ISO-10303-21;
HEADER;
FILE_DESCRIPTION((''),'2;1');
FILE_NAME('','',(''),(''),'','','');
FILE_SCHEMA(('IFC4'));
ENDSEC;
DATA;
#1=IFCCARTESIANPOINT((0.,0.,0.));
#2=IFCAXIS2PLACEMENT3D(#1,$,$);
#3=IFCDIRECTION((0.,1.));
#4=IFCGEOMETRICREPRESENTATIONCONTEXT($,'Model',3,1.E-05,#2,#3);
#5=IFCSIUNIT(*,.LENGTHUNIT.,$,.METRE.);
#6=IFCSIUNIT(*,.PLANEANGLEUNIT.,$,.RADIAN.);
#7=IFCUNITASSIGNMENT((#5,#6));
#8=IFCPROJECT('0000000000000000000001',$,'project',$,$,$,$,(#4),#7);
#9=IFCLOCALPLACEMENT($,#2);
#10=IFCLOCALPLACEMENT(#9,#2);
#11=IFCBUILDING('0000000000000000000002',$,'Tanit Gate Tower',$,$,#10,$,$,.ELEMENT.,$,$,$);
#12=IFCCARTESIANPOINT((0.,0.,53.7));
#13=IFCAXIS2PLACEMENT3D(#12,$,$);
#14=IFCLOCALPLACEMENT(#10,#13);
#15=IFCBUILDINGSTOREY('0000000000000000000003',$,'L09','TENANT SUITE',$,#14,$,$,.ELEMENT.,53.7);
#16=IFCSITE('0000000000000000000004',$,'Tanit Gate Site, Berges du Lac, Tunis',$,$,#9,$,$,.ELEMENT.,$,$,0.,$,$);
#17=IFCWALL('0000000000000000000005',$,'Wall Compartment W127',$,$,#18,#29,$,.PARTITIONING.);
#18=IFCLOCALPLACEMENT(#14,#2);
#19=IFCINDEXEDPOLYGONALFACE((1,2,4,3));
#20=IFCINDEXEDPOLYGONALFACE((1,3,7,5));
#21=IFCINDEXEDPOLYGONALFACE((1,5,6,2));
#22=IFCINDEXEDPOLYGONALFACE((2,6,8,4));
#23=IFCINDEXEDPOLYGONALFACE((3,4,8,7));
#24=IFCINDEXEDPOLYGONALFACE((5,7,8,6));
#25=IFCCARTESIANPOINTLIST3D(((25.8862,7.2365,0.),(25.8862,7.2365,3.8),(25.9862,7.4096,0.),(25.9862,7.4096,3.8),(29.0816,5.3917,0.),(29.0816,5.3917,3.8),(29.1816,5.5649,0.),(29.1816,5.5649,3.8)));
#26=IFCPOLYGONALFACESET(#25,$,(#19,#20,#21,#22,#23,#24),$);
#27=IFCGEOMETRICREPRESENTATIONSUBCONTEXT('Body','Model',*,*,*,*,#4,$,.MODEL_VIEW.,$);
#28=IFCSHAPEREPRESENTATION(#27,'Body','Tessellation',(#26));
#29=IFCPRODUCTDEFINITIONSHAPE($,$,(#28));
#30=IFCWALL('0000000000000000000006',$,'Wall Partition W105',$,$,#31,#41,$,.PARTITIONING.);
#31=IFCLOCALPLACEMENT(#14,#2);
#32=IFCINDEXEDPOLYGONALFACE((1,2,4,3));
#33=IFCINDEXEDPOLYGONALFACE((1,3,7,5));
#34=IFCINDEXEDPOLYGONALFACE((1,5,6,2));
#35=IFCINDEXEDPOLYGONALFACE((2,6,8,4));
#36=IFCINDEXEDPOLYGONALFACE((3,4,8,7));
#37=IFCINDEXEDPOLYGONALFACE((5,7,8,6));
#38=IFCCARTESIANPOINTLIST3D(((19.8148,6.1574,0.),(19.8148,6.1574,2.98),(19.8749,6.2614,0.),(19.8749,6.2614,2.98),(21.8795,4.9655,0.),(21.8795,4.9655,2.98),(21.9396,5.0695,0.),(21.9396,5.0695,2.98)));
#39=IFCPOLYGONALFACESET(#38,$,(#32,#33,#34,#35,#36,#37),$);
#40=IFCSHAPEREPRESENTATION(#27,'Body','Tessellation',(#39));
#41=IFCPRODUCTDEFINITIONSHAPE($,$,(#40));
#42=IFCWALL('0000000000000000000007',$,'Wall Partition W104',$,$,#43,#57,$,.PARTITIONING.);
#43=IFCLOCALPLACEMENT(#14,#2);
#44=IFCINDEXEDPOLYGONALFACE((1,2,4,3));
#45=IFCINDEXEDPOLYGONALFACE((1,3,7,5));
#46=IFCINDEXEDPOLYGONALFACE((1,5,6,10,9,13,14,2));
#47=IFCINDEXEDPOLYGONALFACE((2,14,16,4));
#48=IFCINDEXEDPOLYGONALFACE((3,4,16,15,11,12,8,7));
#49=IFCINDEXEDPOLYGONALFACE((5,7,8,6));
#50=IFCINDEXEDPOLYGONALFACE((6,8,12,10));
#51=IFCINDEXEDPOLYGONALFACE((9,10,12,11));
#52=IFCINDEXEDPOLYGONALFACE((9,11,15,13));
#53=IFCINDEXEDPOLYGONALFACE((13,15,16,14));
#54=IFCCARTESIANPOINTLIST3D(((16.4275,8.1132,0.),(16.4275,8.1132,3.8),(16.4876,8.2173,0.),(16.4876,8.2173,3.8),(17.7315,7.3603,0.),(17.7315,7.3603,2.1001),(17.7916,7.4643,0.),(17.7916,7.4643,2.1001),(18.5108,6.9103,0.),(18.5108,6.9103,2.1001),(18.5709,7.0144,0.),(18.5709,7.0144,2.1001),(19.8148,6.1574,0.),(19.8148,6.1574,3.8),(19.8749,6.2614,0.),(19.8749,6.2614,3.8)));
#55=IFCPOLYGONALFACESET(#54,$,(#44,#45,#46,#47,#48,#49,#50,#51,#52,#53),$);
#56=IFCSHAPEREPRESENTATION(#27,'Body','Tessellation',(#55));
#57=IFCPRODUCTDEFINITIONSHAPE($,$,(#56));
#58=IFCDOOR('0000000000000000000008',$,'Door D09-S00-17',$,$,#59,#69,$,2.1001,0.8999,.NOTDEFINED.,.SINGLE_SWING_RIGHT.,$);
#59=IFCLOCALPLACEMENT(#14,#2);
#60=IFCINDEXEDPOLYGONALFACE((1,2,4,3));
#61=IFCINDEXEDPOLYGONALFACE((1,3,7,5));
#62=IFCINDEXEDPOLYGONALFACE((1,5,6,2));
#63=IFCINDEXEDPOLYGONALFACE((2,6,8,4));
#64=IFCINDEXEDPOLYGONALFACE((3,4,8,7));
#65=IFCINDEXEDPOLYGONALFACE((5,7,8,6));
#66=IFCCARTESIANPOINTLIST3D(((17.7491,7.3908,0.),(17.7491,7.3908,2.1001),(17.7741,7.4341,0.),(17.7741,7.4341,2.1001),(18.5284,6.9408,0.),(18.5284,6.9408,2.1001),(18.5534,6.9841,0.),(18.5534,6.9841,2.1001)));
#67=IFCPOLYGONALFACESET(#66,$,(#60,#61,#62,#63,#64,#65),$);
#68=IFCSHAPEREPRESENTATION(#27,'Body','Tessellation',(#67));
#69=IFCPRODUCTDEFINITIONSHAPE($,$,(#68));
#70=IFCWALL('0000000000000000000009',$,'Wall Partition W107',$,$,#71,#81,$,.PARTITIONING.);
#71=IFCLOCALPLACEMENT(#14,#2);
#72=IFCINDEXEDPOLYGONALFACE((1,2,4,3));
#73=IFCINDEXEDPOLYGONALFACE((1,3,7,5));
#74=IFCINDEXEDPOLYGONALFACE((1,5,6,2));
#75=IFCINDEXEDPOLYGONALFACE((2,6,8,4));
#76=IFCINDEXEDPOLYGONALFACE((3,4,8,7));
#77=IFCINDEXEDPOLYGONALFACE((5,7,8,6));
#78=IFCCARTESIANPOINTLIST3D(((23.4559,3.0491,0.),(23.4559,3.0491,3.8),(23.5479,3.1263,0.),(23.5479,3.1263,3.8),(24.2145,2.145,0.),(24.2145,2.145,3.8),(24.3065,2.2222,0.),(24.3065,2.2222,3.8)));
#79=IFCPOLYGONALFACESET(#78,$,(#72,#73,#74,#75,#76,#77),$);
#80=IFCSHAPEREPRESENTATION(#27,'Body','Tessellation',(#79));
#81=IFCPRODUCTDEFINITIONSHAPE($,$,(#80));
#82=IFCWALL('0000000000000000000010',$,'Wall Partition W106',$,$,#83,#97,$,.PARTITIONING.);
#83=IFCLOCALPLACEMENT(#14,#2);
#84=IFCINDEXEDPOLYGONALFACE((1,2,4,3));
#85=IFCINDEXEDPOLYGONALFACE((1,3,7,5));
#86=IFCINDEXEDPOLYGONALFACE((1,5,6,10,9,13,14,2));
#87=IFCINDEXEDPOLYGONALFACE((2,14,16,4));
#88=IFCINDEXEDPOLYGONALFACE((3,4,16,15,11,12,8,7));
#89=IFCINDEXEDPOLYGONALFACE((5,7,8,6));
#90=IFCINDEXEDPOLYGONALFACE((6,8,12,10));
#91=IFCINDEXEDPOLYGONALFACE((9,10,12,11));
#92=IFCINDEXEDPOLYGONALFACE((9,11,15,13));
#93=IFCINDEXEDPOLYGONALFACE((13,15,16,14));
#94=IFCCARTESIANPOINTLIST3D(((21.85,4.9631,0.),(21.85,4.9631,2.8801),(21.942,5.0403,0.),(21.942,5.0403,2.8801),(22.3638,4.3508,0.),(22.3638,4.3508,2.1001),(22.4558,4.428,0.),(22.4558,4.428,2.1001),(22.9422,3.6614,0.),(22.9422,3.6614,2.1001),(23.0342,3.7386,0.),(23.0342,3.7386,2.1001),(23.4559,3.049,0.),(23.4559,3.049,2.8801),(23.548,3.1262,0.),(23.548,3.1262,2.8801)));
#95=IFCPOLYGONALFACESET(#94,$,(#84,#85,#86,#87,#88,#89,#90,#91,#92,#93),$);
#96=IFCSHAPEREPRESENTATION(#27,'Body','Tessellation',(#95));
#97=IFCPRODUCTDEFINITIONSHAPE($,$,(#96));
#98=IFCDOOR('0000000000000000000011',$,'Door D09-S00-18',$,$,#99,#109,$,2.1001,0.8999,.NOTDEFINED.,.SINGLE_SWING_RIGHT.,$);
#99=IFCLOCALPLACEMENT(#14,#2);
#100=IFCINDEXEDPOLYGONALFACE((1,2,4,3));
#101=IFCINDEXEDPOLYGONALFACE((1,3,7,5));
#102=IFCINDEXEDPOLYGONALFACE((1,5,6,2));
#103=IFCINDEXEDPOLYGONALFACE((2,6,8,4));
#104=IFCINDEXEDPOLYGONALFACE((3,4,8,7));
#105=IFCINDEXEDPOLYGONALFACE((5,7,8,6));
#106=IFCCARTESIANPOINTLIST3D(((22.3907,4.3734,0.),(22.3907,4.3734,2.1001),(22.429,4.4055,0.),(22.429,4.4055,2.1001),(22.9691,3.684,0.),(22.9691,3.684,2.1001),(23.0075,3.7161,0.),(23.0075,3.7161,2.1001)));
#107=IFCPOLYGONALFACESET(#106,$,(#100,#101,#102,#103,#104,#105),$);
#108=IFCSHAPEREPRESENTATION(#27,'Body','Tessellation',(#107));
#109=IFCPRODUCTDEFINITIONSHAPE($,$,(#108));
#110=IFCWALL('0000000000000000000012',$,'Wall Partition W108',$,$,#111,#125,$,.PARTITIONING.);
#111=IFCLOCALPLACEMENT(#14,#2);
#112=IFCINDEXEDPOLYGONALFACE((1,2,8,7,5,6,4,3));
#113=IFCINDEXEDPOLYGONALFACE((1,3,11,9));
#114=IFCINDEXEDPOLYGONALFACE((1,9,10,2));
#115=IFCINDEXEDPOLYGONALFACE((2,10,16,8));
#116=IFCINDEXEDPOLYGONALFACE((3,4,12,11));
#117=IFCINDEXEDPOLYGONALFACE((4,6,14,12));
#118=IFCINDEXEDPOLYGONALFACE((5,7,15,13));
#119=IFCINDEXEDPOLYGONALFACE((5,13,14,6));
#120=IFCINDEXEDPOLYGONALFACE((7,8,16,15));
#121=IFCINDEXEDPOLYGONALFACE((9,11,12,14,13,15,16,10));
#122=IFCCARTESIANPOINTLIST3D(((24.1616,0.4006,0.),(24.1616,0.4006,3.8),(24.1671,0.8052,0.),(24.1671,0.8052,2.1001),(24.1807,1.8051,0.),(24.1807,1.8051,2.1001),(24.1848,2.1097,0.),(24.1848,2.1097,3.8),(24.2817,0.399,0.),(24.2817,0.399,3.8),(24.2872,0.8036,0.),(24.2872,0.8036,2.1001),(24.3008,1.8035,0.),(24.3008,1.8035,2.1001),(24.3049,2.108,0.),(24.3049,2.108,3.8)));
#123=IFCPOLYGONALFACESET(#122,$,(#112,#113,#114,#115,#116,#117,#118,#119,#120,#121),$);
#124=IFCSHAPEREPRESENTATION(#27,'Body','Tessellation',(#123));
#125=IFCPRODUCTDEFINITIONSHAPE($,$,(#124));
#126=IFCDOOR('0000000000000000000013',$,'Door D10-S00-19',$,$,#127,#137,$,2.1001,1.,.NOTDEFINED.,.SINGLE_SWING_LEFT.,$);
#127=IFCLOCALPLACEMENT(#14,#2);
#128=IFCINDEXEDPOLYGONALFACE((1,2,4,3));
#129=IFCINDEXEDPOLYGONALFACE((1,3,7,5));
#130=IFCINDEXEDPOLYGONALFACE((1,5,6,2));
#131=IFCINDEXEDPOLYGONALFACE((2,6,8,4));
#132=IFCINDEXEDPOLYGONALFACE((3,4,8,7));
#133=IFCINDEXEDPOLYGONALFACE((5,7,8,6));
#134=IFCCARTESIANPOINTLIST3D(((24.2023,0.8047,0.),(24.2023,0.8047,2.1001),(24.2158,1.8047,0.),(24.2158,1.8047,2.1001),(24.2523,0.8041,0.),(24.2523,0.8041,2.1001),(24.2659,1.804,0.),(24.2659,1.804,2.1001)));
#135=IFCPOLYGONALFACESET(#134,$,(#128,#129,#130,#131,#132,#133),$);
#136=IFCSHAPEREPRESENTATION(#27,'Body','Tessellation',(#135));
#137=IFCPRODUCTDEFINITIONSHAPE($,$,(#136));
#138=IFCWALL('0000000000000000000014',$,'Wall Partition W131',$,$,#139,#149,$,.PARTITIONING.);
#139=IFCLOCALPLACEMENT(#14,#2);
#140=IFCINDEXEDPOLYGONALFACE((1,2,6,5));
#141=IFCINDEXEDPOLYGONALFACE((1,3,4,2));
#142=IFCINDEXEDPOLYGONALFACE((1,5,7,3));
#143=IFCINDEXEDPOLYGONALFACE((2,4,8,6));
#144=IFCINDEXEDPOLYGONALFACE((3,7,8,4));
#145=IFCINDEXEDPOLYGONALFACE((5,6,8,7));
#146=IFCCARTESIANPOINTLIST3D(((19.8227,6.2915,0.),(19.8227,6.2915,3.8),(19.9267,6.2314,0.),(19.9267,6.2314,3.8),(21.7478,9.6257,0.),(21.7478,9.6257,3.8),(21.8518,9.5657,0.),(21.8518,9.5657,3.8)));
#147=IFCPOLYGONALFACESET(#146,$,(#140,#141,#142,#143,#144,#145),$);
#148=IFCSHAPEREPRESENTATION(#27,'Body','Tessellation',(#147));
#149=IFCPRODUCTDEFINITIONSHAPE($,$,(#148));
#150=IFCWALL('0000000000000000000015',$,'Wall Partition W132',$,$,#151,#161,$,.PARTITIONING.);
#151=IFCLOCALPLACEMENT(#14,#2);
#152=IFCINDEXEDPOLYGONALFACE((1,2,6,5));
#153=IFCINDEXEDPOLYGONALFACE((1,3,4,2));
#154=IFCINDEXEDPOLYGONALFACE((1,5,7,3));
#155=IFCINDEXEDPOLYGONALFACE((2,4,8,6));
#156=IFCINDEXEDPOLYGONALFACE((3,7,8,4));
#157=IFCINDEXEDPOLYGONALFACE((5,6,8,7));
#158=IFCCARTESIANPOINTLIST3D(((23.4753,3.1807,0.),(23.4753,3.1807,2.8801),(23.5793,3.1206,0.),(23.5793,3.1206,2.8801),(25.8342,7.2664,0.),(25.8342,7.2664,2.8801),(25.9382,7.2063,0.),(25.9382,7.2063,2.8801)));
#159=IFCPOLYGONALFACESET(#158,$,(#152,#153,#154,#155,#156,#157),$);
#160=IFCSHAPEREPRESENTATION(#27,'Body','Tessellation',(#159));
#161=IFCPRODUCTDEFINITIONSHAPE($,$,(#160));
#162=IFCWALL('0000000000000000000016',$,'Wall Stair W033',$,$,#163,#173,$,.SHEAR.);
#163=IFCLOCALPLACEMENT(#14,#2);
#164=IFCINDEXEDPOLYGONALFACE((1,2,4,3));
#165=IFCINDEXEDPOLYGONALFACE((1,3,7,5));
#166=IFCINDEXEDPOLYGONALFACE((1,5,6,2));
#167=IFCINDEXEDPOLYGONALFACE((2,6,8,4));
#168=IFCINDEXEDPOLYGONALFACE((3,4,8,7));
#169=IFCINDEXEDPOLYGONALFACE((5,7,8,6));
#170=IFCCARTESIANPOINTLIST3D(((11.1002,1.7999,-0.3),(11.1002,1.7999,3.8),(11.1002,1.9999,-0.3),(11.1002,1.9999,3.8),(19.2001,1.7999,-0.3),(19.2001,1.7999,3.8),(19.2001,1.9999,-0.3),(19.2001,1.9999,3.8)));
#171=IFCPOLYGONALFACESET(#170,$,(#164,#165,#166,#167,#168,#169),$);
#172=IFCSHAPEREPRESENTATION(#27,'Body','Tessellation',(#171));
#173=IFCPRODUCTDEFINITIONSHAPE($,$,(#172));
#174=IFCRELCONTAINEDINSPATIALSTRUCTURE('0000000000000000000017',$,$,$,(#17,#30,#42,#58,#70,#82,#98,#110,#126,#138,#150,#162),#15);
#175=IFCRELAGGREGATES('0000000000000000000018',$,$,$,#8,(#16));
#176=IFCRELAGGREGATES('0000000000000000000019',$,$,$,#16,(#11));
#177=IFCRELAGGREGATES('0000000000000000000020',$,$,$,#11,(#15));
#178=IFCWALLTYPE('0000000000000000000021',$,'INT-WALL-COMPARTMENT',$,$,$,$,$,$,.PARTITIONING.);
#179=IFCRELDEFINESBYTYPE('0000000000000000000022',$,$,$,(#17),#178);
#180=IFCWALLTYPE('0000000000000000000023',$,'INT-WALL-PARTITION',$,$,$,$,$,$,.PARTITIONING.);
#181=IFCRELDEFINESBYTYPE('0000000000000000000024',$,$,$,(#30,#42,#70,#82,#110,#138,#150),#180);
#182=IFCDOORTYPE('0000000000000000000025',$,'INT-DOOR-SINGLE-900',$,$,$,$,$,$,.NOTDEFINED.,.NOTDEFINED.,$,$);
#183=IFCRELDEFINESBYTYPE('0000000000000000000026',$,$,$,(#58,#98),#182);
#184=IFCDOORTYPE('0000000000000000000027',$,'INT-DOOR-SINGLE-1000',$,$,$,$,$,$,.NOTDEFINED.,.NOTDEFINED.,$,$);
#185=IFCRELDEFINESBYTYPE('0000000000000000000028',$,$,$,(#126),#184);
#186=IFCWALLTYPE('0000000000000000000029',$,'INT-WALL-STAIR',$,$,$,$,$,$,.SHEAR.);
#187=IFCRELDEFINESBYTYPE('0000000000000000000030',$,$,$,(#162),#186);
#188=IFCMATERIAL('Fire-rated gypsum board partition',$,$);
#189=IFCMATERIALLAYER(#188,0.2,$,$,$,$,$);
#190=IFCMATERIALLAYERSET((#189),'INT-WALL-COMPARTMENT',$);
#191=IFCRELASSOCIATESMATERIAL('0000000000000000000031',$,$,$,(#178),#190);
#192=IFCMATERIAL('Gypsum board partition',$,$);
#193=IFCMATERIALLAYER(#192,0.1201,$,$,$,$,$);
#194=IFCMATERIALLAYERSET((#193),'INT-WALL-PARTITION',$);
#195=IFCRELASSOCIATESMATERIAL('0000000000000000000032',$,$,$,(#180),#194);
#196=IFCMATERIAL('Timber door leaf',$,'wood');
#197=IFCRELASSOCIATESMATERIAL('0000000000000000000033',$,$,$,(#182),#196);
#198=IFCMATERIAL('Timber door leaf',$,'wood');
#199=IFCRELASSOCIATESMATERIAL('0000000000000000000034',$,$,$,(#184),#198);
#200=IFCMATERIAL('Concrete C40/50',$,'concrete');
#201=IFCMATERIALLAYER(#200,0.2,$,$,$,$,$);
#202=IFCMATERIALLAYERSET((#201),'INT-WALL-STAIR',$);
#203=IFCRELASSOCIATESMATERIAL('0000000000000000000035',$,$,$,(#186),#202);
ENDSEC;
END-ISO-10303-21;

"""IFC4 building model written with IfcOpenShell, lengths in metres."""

from ifc_helpers import new_model, si_unit, direction, frame, frame_2d, origin, place, context, subcontext, project, spatial, rectangle, extrude, material, layer, layer_set, type_object, element, fill, save


model = new_model("IFC4")

# Units and contexts
model_context = context("Model", 3, precision=1e-05, world=origin(), true_north=direction((0.0, 1.0)))
body_context = subcontext(model_context, "Body", "Model", "MODEL_VIEW")
ifc_project = project(units=[si_unit("LENGTHUNIT", "METRE"), si_unit("PLANEANGLEUNIT", "RADIAN")], contexts=[model_context])

# Site, building, storey
site_placement = place(None, origin())
site = spatial("IfcSite", under=ifc_project, at=site_placement, Name="Tanit Gate Site, Berges du Lac, Tunis", CompositionType="ELEMENT", RefElevation=0.0)
building_placement = place(site_placement, origin())
building = spatial("IfcBuilding", under=site, at=building_placement, Name="Tanit Gate Tower", CompositionType="ELEMENT")
storey_placement = place(building_placement, frame((0.0, 0.0, 53.7)))
storey = spatial("IfcBuildingStorey", under=building, at=storey_placement, Name="L09", Description="TENANT SUITE", CompositionType="ELEMENT", Elevation=53.7)

# Walls
ifc_material_1 = material(Name="Fire-rated gypsum board partition")
ifc_layer_1 = layer(ifc_material_1, 0.2)
ifc_layer_set_1 = layer_set([ifc_layer_1], Name="INT-WALL-COMPARTMENT")
wall_type_1 = type_object("IfcWallType", Name="INT-WALL-COMPARTMENT", PredefinedType="PARTITIONING", material=ifc_layer_set_1)
wall_1_placement = place(storey_placement, frame((25.9363, 7.323, 0.0), z_axis=(0.0, 0.0, 1.0), x_axis=(0.866036, -0.499982, 0.0)))
element("IfcWall", 1, at=wall_1_placement, inside=storey, type_object=wall_type_1, Name="Wall Compartment W127", PredefinedType="PARTITIONING", context=body_context, shape_type="SweptSolid", body=[
    extrude(rectangle(XDim=3.6897, YDim=0.2, at=frame_2d((1.8447, 0.0))), origin(), (0.0, 0.0, 1.0), 3.8),
])
ifc_material_2 = material(Name="Gypsum board partition")
ifc_layer_2 = layer(ifc_material_2, 0.1201)
ifc_layer_set_2 = layer_set([ifc_layer_2], Name="INT-WALL-PARTITION")
wall_type_2 = type_object("IfcWallType", Name="INT-WALL-PARTITION", PredefinedType="PARTITIONING", material=ifc_layer_set_2)
wall_2_placement = place(storey_placement, frame((21.9094, 5.0176, 0.0), z_axis=(0.0, 0.0, 1.0), x_axis=(-0.866054, 0.49995, 0.0)))
element("IfcWall", 2, at=wall_2_placement, inside=storey, type_object=wall_type_2, Name="Wall Partition W105", PredefinedType="PARTITIONING", context=body_context, shape_type="SweptSolid", body=[
    extrude(rectangle(XDim=2.384, YDim=0.1201, at=frame_2d((1.1919, 0.0))), origin(), (0.0, 0.0, 1.0), 2.98),
])

# Wall, opening, door
wall_3_placement = place(storey_placement, frame((19.8447, 6.2095, 0.0), z_axis=(0.0, 0.0, 1.0), x_axis=(-0.866003, 0.500039, 0.0)))
wall_3 = element("IfcWall", 3, at=wall_3_placement, inside=storey, type_object=wall_type_2, Name="Wall Partition W104", PredefinedType="PARTITIONING", context=body_context, shape_type="SweptSolid", body=[
    extrude(rectangle(XDim=3.9114, YDim=0.1201, at=frame_2d((1.9556, 0.0))), origin(), (0.0, 0.0, 1.0), 3.8),
])
opening_1_placement = place(wall_3_placement, frame((1.5056, 0.0, 0.0)))
opening_1 = element("IfcOpeningElement", 4, at=opening_1_placement, cuts=wall_3, PredefinedType="OPENING", context=body_context, shape_type="SweptSolid", body=[
    extrude(rectangle(XDim=0.8999, YDim=2.1001, at=frame_2d((0.45, 1.05))), frame((0.0, 0.0701, 0.0), z_axis=(0.0, -1.0, 0.0), x_axis=(1.0, 0.0, 0.0)), (0.0, 0.0, 1.0), 0.1401),
])
ifc_material_3 = material(Name="Timber door leaf", Category="wood")
door_type_1 = type_object("IfcDoorType", Name="INT-DOOR-SINGLE-900", OperationType="NOTDEFINED", PredefinedType="NOTDEFINED", material=ifc_material_3)
door_1_placement = place(opening_1_placement, origin())
door_1 = element("IfcDoor", 5, at=door_1_placement, inside=storey, type_object=door_type_1, Name="Door D09-S00-17", OperationType="SINGLE_SWING_RIGHT", OverallHeight=2.1001, OverallWidth=0.8999, PredefinedType="NOTDEFINED", context=body_context, shape_type="SweptSolid", body=[
    extrude(rectangle(XDim=0.8999, YDim=2.1001, at=frame_2d((0.45, 1.05))), frame((0.0, 0.0249, 0.0), z_axis=(0.0, -1.0, 0.0), x_axis=(1.0, 0.0, 0.0)), (0.0, 0.0, 1.0), 0.05),
])
fill(opening_1, door_1)

# Wall
wall_4_placement = place(storey_placement, frame((24.2605, 2.1836, 0.0), z_axis=(0.0, 0.0, 1.0), x_axis=(-0.642765, 0.766063, 0.0)))
element("IfcWall", 6, at=wall_4_placement, inside=storey, type_object=wall_type_2, Name="Wall Partition W107", PredefinedType="PARTITIONING", context=body_context, shape_type="SweptSolid", body=[
    extrude(rectangle(XDim=1.1802, YDim=0.1201, at=frame_2d((0.5901, 0.0))), origin(), (0.0, 0.0, 1.0), 3.8),
])

# Walls, openings, doors
wall_5_placement = place(storey_placement, frame((23.502, 3.0876, 0.0), z_axis=(0.0, 0.0, 1.0), x_axis=(-0.642757, 0.76607, 0.0)))
wall_5 = element("IfcWall", 7, at=wall_5_placement, inside=storey, type_object=wall_type_2, Name="Wall Partition W106", PredefinedType="PARTITIONING", context=body_context, shape_type="SweptSolid", body=[
    extrude(rectangle(XDim=2.4985, YDim=0.1201, at=frame_2d((1.2493, 0.0))), origin(), (0.0, 0.0, 1.0), 2.8801),
])
opening_2_placement = place(wall_5_placement, frame((0.7993, 0.0, 0.0)))
opening_2 = element("IfcOpeningElement", 8, at=opening_2_placement, cuts=wall_5, PredefinedType="OPENING", context=body_context, shape_type="SweptSolid", body=[
    extrude(rectangle(XDim=0.8999, YDim=2.1001, at=frame_2d((0.45, 1.05))), frame((0.0, 0.0701, 0.0), z_axis=(0.0, -1.0, 0.0), x_axis=(1.0, 0.0, 0.0)), (0.0, 0.0, 1.0), 0.1401),
])
door_2_placement = place(opening_2_placement, origin())
door_2 = element("IfcDoor", 9, at=door_2_placement, inside=storey, type_object=door_type_1, Name="Door D09-S00-18", OperationType="SINGLE_SWING_RIGHT", OverallHeight=2.1001, OverallWidth=0.8999, PredefinedType="NOTDEFINED", context=body_context, shape_type="SweptSolid", body=[
    extrude(rectangle(XDim=0.8999, YDim=2.1001, at=frame_2d((0.45, 1.05))), frame((0.0, 0.0249, 0.0), z_axis=(0.0, -1.0, 0.0), x_axis=(1.0, 0.0, 0.0)), (0.0, 0.0, 1.0), 0.05),
])
fill(opening_2, door_2)
wall_6_placement = place(storey_placement, frame((24.2217, 0.3999, 0.0), z_axis=(0.0, 0.0, 1.0), x_axis=(0.01357, 0.999908, 0.0)))
wall_6 = element("IfcWall", 10, at=wall_6_placement, inside=storey, type_object=wall_type_2, Name="Wall Partition W108", PredefinedType="PARTITIONING", context=body_context, shape_type="SweptSolid", body=[
    extrude(rectangle(XDim=1.7092, YDim=0.1201, at=frame_2d((0.8545, 0.0))), origin(), (0.0, 0.0, 1.0), 3.8),
])
opening_3_placement = place(wall_6_placement, frame((0.4045, 0.0, 0.0)))
opening_3 = element("IfcOpeningElement", 11, at=opening_3_placement, cuts=wall_6, PredefinedType="OPENING", context=body_context, shape_type="SweptSolid", body=[
    extrude(rectangle(XDim=1.0, YDim=2.1001, at=frame_2d((0.5, 1.05))), frame((0.0, 0.0701, 0.0), z_axis=(0.0, -1.0, 0.0), x_axis=(1.0, 0.0, 0.0)), (0.0, 0.0, 1.0), 0.1401),
])
ifc_material_4 = material(Name="Timber door leaf", Category="wood")
door_type_2 = type_object("IfcDoorType", Name="INT-DOOR-SINGLE-1000", OperationType="NOTDEFINED", PredefinedType="NOTDEFINED", material=ifc_material_4)
door_3_placement = place(opening_3_placement, origin())
door_3 = element("IfcDoor", 12, at=door_3_placement, inside=storey, type_object=door_type_2, Name="Door D10-S00-19", OperationType="SINGLE_SWING_LEFT", OverallHeight=2.1001, OverallWidth=1.0, PredefinedType="NOTDEFINED", context=body_context, shape_type="SweptSolid", body=[
    extrude(rectangle(XDim=1.0, YDim=2.1001, at=frame_2d((0.5, 1.05))), frame((0.0, 0.0249, 0.0), z_axis=(0.0, -1.0, 0.0), x_axis=(1.0, 0.0, 0.0)), (0.0, 0.0, 1.0), 0.05),
])
fill(opening_3, door_3)

# Walls
wall_7_placement = place(storey_placement, frame((21.7998, 9.5957, 0.0), z_axis=(0.0, 0.0, 1.0), x_axis=(-0.500006, -0.866022, 0.0)))
element("IfcWall", 13, at=wall_7_placement, inside=storey, type_object=wall_type_2, Name="Wall Partition W131", PredefinedType="PARTITIONING", context=body_context, shape_type="SweptSolid", body=[
    extrude(rectangle(XDim=3.8501, YDim=0.1201, at=frame_2d((1.925, 0.0))), origin(), (0.0, 0.0, 1.0), 3.8),
])
wall_8_placement = place(storey_placement, frame((25.8862, 7.2363, 0.0), z_axis=(0.0, 0.0, 1.0), x_axis=(-0.500002, -0.866024, 0.0)))
element("IfcWall", 14, at=wall_8_placement, inside=storey, type_object=wall_type_2, Name="Wall Partition W132", PredefinedType="PARTITIONING", context=body_context, shape_type="SweptSolid", body=[
    extrude(rectangle(XDim=4.7178, YDim=0.1201, at=frame_2d((2.3589, 0.0))), origin(), (0.0, 0.0, 1.0), 2.8801),
])
ifc_material_5 = material(Name="Concrete C40/50", Category="concrete")
ifc_layer_3 = layer(ifc_material_5, 0.2)
ifc_layer_set_3 = layer_set([ifc_layer_3], Name="INT-WALL-STAIR")
wall_type_3 = type_object("IfcWallType", Name="INT-WALL-STAIR", PredefinedType="SHEAR", material=ifc_layer_set_3)
wall_9_placement = place(storey_placement, frame((19.2, 1.8999, -0.3), z_axis=(0.0, 0.0, 1.0), x_axis=(-1.0, 0.0, 0.0)))
element("IfcWall", 15, at=wall_9_placement, inside=storey, type_object=wall_type_3, Name="Wall Stair W033", PredefinedType="SHEAR", context=body_context, shape_type="SweptSolid", body=[
    extrude(rectangle(XDim=8.0999, YDim=0.2, at=frame_2d((4.0498, 0.0))), origin(), (0.0, 0.0, 1.0), 4.1001),
])

save(model, "model.ifc")
